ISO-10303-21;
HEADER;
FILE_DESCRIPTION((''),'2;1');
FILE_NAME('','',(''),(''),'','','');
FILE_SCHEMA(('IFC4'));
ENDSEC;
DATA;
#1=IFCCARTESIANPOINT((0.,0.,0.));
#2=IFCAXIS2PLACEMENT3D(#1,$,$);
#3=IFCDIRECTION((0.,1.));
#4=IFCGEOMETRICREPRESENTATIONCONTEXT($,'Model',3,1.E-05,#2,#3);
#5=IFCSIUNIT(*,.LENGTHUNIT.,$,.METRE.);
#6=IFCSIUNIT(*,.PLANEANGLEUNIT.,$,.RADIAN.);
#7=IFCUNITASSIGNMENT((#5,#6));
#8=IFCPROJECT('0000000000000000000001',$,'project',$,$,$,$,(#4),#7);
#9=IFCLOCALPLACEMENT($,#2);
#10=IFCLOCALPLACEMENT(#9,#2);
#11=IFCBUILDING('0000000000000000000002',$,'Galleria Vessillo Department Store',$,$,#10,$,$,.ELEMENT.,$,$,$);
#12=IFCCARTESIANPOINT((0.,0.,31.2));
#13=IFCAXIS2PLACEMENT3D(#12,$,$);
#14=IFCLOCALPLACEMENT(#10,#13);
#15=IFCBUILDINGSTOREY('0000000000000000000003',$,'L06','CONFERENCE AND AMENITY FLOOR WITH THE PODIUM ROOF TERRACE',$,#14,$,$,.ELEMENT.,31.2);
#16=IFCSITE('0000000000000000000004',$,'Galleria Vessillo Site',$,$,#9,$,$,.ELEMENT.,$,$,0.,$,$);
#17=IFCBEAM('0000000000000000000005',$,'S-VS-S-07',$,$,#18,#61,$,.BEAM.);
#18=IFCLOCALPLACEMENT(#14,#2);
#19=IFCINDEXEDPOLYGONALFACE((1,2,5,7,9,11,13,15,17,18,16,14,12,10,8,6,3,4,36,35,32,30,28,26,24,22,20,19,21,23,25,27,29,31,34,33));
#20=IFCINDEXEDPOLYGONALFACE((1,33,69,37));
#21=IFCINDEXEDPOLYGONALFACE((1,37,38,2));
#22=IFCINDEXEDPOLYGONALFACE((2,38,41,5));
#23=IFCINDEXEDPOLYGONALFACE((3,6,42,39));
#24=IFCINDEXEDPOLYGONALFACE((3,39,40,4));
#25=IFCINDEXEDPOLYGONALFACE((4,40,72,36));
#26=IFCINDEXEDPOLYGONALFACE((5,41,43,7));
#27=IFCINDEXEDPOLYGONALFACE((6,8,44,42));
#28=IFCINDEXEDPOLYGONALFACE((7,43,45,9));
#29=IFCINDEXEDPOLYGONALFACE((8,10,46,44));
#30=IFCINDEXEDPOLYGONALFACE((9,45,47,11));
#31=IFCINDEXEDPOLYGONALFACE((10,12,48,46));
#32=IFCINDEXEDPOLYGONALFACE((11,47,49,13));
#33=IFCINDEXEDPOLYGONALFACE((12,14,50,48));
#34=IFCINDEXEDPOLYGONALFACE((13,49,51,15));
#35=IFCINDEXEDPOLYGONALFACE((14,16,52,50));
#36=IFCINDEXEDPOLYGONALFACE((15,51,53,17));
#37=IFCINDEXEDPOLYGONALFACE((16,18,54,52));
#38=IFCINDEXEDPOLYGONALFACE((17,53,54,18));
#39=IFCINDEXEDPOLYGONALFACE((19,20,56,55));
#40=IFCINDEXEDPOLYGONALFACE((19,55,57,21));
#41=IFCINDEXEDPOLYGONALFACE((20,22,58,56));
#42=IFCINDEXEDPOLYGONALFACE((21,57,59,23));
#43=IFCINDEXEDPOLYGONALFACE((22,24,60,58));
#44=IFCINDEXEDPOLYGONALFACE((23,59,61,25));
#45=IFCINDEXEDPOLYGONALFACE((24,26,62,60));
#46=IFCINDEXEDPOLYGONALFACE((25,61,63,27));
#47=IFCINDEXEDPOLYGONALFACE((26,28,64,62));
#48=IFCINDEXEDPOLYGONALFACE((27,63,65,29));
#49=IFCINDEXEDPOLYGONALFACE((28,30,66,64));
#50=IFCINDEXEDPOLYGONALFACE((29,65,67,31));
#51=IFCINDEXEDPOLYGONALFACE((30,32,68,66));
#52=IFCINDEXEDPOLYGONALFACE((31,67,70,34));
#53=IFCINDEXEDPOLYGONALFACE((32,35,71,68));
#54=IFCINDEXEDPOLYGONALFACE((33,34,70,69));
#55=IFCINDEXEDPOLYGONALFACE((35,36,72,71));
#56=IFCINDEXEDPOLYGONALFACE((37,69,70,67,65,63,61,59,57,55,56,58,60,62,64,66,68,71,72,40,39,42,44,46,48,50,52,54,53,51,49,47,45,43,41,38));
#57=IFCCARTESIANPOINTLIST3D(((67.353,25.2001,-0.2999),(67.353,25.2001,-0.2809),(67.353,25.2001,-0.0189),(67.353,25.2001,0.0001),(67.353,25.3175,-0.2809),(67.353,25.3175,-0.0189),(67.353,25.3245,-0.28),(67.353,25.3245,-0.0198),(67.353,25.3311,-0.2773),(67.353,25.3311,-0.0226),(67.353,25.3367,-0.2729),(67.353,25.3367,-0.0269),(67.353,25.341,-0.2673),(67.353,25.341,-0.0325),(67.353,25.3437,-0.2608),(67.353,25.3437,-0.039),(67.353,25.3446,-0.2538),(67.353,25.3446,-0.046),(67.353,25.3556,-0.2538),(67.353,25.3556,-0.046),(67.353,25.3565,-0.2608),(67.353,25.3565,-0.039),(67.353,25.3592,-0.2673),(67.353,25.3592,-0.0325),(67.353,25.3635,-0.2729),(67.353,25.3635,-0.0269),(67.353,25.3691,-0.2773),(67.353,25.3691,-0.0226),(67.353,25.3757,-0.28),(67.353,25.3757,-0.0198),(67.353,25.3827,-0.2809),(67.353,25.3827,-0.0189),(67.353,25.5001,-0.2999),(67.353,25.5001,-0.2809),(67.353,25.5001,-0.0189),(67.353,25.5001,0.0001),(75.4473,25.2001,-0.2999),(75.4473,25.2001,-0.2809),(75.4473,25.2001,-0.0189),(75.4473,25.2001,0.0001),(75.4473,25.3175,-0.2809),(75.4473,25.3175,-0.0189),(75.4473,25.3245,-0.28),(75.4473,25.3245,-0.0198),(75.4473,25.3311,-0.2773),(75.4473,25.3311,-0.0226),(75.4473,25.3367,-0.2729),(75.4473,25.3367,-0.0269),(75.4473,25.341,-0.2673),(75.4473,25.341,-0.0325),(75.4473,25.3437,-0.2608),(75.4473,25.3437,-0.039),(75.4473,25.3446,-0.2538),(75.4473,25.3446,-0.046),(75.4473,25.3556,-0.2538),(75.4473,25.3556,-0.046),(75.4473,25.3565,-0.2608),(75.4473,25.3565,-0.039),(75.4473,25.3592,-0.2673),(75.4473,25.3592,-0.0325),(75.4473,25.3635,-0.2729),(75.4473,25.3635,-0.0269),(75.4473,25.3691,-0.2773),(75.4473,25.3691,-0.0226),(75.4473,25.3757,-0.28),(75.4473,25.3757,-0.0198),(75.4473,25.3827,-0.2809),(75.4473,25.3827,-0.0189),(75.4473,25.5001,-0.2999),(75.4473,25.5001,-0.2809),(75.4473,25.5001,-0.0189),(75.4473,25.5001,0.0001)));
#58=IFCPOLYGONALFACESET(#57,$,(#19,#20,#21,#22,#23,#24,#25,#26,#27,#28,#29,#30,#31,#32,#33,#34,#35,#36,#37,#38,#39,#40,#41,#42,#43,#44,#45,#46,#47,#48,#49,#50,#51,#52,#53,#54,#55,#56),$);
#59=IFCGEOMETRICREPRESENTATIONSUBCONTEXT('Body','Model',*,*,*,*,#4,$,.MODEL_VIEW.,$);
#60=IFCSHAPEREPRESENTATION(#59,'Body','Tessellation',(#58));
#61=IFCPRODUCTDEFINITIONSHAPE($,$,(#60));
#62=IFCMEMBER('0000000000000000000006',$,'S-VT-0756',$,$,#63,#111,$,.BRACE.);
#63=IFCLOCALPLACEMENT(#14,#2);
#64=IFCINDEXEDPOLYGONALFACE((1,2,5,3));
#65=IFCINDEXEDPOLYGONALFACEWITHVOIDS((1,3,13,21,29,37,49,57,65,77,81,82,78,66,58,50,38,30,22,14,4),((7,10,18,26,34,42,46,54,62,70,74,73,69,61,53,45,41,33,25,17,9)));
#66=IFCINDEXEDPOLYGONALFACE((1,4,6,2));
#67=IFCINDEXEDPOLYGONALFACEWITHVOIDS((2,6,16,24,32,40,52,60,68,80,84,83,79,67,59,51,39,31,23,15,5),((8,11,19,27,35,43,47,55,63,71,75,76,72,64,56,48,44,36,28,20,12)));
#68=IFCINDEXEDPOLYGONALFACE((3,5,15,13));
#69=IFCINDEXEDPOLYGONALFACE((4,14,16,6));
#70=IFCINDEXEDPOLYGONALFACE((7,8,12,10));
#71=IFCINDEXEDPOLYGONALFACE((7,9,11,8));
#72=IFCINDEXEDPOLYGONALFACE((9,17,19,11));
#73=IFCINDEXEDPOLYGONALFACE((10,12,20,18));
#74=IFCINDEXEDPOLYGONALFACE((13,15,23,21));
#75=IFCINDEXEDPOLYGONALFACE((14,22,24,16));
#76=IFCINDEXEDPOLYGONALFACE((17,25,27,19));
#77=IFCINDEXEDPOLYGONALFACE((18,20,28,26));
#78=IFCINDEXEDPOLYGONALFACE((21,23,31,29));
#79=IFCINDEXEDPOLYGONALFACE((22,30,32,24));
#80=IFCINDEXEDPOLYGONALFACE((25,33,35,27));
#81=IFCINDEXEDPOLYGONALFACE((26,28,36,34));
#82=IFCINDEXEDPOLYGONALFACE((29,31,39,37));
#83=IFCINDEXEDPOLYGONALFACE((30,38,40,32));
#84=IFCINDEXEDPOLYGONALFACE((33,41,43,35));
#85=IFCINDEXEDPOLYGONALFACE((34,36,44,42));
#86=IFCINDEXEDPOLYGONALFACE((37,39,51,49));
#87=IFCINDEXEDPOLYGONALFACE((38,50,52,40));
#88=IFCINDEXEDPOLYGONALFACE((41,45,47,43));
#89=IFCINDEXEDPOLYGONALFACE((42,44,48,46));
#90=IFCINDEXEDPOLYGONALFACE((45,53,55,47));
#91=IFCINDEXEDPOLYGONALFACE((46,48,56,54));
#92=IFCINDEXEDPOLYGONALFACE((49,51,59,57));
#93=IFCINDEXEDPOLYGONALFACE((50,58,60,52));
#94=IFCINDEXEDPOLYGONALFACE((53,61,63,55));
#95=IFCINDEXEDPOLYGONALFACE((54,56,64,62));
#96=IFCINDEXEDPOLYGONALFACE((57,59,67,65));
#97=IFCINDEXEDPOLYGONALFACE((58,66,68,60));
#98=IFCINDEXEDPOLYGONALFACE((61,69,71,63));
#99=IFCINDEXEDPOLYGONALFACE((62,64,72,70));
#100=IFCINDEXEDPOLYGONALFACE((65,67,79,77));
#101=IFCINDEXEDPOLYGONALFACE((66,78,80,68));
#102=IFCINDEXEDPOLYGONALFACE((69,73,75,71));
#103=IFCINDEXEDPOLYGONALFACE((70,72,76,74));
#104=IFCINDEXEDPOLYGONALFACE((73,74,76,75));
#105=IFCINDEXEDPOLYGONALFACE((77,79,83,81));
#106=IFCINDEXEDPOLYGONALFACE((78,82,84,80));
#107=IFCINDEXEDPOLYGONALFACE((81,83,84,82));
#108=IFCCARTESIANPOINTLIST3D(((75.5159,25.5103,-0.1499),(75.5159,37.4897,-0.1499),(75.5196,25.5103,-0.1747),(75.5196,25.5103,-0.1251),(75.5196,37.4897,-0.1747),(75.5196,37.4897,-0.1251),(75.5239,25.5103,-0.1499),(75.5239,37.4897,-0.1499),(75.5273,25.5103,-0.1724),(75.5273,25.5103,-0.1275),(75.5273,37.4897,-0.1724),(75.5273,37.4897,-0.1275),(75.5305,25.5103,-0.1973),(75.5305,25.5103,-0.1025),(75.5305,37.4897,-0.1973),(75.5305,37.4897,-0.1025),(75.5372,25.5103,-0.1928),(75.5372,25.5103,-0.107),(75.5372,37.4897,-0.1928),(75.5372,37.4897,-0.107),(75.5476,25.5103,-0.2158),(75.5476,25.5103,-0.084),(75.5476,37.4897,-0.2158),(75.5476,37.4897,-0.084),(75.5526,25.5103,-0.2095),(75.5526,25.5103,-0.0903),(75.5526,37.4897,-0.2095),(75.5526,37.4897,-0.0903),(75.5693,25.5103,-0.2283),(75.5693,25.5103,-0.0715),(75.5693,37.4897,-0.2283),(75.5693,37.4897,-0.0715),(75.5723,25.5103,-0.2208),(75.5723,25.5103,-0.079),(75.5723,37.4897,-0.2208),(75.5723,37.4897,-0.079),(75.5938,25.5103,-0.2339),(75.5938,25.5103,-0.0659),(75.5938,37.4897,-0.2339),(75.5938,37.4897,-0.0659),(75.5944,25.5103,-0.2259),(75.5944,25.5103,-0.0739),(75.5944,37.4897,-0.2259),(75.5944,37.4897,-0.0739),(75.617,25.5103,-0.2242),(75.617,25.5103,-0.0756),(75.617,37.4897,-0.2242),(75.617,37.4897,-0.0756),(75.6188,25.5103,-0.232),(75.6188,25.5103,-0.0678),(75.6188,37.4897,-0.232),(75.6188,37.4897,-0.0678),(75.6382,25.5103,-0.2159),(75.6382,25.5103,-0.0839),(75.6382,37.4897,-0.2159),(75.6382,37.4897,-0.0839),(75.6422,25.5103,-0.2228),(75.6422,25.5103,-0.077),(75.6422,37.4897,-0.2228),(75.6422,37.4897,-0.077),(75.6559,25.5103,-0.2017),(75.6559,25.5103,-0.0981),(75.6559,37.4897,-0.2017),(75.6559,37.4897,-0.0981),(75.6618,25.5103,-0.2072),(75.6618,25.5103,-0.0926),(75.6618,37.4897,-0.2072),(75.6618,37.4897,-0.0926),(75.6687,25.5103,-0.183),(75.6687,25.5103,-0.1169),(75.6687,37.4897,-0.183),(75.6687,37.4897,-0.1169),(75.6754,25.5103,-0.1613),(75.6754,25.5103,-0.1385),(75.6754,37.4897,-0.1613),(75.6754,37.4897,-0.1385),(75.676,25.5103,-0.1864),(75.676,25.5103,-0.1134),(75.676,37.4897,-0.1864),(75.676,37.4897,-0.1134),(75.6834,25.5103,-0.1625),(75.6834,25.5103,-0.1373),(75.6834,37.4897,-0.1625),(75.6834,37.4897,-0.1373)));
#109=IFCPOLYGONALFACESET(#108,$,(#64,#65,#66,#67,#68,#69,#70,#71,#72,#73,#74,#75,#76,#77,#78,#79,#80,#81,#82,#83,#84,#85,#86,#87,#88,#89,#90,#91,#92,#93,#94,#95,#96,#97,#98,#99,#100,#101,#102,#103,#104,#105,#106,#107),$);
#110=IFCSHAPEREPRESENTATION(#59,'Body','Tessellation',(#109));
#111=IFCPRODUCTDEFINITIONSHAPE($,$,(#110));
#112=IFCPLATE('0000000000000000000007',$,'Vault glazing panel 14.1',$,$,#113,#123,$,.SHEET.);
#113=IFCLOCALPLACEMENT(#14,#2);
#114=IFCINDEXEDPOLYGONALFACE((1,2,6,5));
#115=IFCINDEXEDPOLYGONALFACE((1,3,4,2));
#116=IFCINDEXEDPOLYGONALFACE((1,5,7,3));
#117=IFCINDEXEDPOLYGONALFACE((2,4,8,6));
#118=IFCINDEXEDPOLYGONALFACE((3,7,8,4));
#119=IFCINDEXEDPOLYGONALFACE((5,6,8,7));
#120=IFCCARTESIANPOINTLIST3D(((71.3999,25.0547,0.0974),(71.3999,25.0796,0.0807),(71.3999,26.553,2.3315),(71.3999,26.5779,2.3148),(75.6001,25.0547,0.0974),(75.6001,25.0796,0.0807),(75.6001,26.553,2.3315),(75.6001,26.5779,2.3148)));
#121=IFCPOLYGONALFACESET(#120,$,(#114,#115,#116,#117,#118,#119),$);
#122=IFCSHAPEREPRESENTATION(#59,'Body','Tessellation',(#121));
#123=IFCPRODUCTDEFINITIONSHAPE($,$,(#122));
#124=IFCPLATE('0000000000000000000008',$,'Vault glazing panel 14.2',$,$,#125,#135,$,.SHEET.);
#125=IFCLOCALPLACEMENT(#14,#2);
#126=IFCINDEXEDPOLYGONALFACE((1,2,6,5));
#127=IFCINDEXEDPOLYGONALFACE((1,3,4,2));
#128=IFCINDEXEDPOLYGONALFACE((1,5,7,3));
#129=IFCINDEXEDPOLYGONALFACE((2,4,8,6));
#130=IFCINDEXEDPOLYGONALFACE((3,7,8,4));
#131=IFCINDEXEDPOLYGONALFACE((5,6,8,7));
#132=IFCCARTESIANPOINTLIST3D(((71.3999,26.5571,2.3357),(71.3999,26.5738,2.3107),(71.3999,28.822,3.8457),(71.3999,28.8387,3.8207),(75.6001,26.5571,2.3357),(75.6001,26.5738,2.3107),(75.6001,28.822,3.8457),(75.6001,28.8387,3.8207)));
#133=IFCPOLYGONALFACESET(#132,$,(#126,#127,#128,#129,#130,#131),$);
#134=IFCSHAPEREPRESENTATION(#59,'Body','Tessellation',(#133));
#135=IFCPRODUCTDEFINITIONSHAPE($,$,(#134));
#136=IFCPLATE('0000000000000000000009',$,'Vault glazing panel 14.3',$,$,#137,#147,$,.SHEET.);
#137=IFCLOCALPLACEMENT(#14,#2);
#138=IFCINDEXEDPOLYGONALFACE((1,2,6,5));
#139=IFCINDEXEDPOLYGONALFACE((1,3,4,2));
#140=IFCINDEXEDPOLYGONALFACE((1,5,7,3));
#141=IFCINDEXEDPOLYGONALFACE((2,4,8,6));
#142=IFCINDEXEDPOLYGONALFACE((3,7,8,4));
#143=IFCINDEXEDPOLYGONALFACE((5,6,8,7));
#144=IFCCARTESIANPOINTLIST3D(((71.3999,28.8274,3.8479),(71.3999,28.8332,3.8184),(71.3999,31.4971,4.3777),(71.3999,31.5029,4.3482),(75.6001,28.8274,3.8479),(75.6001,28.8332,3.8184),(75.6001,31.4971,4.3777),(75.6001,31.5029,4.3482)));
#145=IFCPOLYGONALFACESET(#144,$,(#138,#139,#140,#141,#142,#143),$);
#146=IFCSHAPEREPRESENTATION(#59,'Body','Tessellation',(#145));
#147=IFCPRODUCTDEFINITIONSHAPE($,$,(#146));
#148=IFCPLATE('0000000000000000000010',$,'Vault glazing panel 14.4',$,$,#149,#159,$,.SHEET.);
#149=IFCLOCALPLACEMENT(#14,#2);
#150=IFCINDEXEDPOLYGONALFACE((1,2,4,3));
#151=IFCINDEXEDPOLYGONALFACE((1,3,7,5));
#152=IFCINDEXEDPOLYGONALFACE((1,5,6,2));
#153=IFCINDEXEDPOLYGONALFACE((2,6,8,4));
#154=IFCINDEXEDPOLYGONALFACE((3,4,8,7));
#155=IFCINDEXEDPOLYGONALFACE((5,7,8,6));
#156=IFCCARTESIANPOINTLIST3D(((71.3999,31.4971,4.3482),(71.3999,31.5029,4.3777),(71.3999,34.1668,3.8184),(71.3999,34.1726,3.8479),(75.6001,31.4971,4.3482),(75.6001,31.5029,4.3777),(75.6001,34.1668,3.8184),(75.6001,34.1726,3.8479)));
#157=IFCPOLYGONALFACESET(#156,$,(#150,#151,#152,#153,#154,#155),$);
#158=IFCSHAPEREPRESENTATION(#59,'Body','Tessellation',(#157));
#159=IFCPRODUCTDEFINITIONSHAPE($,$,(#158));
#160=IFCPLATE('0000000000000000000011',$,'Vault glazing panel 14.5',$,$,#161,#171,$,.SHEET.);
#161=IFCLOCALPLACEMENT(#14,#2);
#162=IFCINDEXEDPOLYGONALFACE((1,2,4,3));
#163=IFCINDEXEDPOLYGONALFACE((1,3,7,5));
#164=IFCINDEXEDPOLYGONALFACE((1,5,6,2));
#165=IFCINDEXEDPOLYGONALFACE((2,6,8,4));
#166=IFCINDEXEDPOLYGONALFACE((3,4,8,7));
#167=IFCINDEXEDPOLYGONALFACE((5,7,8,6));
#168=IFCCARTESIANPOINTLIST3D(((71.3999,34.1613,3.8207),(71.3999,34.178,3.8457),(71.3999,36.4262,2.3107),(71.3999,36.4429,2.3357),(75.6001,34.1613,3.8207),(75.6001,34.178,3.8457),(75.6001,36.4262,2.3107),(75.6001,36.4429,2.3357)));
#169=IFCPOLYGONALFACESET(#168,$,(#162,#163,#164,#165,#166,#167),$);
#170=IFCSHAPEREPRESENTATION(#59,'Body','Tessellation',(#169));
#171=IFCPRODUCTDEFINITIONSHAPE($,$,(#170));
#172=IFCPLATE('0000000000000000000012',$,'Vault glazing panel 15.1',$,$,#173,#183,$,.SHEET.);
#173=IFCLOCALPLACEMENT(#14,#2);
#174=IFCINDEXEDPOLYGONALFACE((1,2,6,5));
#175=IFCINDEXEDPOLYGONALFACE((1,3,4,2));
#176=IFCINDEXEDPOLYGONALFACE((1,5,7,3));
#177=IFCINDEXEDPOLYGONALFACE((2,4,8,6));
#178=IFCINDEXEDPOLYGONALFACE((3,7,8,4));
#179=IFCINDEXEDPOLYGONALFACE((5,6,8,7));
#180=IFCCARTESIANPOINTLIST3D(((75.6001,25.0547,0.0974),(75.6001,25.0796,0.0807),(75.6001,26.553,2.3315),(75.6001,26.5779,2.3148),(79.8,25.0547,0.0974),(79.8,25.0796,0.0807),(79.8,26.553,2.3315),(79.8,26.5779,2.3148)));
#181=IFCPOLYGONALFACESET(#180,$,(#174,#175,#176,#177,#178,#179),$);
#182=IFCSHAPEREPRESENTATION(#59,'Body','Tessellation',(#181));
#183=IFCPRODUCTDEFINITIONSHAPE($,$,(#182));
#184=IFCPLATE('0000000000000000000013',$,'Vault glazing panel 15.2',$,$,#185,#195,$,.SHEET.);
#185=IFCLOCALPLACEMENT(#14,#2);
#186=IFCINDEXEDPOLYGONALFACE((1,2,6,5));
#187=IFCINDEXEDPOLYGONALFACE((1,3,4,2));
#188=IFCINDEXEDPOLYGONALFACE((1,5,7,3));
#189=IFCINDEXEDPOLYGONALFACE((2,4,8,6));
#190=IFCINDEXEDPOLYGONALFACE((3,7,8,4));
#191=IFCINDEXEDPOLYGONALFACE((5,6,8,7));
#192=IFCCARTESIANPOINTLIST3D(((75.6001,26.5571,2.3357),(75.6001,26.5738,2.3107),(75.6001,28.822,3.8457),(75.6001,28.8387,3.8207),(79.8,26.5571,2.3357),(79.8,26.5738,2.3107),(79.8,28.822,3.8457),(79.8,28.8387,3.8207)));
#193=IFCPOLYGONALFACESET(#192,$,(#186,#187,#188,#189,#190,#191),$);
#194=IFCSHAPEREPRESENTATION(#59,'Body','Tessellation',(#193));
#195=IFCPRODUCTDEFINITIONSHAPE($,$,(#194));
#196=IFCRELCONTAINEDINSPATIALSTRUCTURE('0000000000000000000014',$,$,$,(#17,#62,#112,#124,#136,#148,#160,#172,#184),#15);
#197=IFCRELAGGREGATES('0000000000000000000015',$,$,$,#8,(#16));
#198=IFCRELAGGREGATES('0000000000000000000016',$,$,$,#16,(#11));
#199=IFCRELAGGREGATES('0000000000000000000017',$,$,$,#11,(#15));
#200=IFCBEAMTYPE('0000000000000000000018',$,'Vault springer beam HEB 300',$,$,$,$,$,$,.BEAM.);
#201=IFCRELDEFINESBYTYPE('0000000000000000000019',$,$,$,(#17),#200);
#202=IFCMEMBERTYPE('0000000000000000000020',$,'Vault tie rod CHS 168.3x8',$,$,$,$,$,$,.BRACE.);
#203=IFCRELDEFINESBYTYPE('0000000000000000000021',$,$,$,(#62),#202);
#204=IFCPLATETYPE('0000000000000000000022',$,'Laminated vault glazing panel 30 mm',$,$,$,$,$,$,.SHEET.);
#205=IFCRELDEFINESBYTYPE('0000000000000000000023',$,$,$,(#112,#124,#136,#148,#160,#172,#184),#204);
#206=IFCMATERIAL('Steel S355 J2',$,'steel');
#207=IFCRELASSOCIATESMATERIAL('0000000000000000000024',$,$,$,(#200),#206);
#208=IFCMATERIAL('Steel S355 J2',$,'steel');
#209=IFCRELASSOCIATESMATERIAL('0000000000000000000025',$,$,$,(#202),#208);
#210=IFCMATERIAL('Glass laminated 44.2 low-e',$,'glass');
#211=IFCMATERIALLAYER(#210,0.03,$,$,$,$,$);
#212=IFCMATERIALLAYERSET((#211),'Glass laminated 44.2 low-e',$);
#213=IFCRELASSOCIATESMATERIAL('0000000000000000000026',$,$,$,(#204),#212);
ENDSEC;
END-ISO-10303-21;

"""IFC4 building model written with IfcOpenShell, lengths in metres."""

from ifc_helpers import new_model, si_unit, direction, frame, origin, origin_2d, place, context, subcontext, project, spatial, polyline, hollow_circle, i_section, outline, extrude, material, layer, layer_set, material_profile, profile_set, type_object, element, save


model = new_model("IFC4")

# Units and contexts
model_context = context("Model", 3, precision=1e-05, world=origin(), true_north=direction((0.0, 1.0)))
body_context = subcontext(model_context, "Body", "Model", "MODEL_VIEW")
ifc_project = project(units=[si_unit("LENGTHUNIT", "METRE"), si_unit("PLANEANGLEUNIT", "RADIAN")], contexts=[model_context])

# Site, building, storey
site_placement = place(None, origin())
site = spatial("IfcSite", under=ifc_project, at=site_placement, Name="Galleria Vessillo Site", CompositionType="ELEMENT", RefElevation=0.0)
building_placement = place(site_placement, origin())
building = spatial("IfcBuilding", under=site, at=building_placement, Name="Galleria Vessillo Department Store", CompositionType="ELEMENT")
storey_placement = place(building_placement, frame((0.0, 0.0, 31.2)))
storey = spatial("IfcBuildingStorey", under=building, at=storey_placement, Name="L06", Description="CONFERENCE AND AMENITY FLOOR WITH THE PODIUM ROOF TERRACE", CompositionType="ELEMENT", Elevation=31.2)

# Beam
ifc_material_1 = material(Name="Steel S355 J2", Category="steel")
ifc_material_profile_1 = material_profile(ifc_material_1, i_section(OverallWidth=0.3, OverallDepth=0.3, WebThickness=0.011, FlangeThickness=0.019, FilletRadius=0.0271, at=origin_2d()), Name="HEB 300")
ifc_profile_set_1 = profile_set([ifc_material_profile_1], Name="Steel S355 J2")
beam_type = type_object("IfcBeamType", Name="Vault springer beam HEB 300", PredefinedType="BEAM", material=ifc_profile_set_1)
beam_placement = place(storey_placement, frame((67.353, 25.3501, -0.1499), z_axis=(1.0, 0.0, 0.0), x_axis=(0.0, 1.0, 0.0)))
element("IfcBeam", 1, at=beam_placement, inside=storey, type_object=beam_type, Name="S-VS-S-07", PredefinedType="BEAM", context=body_context, shape_type="SweptSolid", body=[
    extrude(i_section(OverallWidth=0.3, OverallDepth=0.3, WebThickness=0.011, FlangeThickness=0.019, FilletRadius=0.0271, at=origin_2d()), origin(), (0.0, 0.0, 1.0), 8.0942),
])

# Member
ifc_material_2 = material(Name="Steel S355 J2", Category="steel")
ifc_material_profile_2 = material_profile(ifc_material_2, hollow_circle(Radius=0.0842, WallThickness=0.0081, at=origin_2d()), Name="CHS 168.3x8")
ifc_profile_set_2 = profile_set([ifc_material_profile_2], Name="Steel S355 J2")
member_type_1 = type_object("IfcMemberType", Name="Vault tie rod CHS 168.3x8", PredefinedType="BRACE", material=ifc_profile_set_2)
member_1_placement = place(storey_placement, frame((75.6001, 25.5103, -0.1499), z_axis=(0.0, 1.0, 0.0), x_axis=(-1.0, 0.0, 0.0)))
element("IfcMember", 2, at=member_1_placement, inside=storey, type_object=member_type_1, Name="S-VT-0756", PredefinedType="BRACE", context=body_context, shape_type="SweptSolid", body=[
    extrude(hollow_circle(Radius=0.0842, WallThickness=0.0081, at=origin_2d()), origin(), (0.0, 0.0, 1.0), 11.9795),
])

# Plates
ifc_material_3 = material(Name="Glass laminated 44.2 low-e", Category="glass")
ifc_layer_1 = layer(ifc_material_3, 0.03)
ifc_layer_set_1 = layer_set([ifc_layer_1], Name="Glass laminated 44.2 low-e")
plate_type = type_object("IfcPlateType", Name="Laminated vault glazing panel 30 mm", PredefinedType="SHEET", material=ifc_layer_set_1)
plate_1_placement = place(storey_placement, frame((71.3999, 25.0547, 0.0974), z_axis=(0.0, -0.830525, 0.556981), x_axis=(1.0, 0.0, 0.0)))
element("IfcPlate", 3, at=plate_1_placement, inside=storey, type_object=plate_type, Name="Vault glazing panel 14.1", PredefinedType="SHEET", context=body_context, shape_type="SweptSolid", body=[
    extrude(outline(polyline([(0.0, 0.0), (4.2002, 0.0), (4.2002, 2.69), (0.0, 2.69), (0.0, 0.0)])), origin(), (0.0, 0.0, -1.0), 0.03),
])
plate_2_placement = place(storey_placement, frame((71.3999, 26.5571, 2.3357), z_axis=(0.0, -0.554721, 0.832036), x_axis=(1.0, 0.0, 0.0)))
element("IfcPlate", 4, at=plate_2_placement, inside=storey, type_object=plate_type, Name="Vault glazing panel 14.2", PredefinedType="SHEET", context=body_context, shape_type="SweptSolid", body=[
    extrude(outline(polyline([(0.0, 0.0), (4.2002, 0.0), (4.2002, 2.7221), (0.0, 2.7221), (0.0, 0.0)])), origin(), (0.0, 0.0, -1.0), 0.03),
])
for number, where, z_axis, x_axis, name in (
    (5, (71.3999, 28.8274, 3.8479), (0.0, -0.19465, 0.980873), (1.0, 0.0, 0.0), "Vault glazing panel 14.3"),
    (6, (71.3999, 31.5029, 4.3777), (0.0, 0.19465, 0.980873), (1.0, 0.0, 0.0), "Vault glazing panel 14.4"),
):
    element("IfcPlate", number, at=place(storey_placement, frame(where, z_axis=z_axis, x_axis=x_axis)), inside=storey, type_object=plate_type, Name=name, PredefinedType="SHEET", context=body_context, shape_type="SweptSolid", body=[
        extrude(outline(polyline([(0.0, 0.0), (4.2002, 0.0), (4.2002, 2.7217), (0.0, 2.7217), (0.0, 0.0)])), origin(), (0.0, 0.0, -1.0), 0.03),
    ])
plate_3_placement = place(storey_placement, frame((71.3999, 34.178, 3.8457), z_axis=(0.0, 0.554721, 0.832036), x_axis=(1.0, 0.0, 0.0)))
element("IfcPlate", 7, at=plate_3_placement, inside=storey, type_object=plate_type, Name="Vault glazing panel 14.5", PredefinedType="SHEET", context=body_context, shape_type="SweptSolid", body=[
    extrude(outline(polyline([(0.0, 0.0), (4.2002, 0.0), (4.2002, 2.7221), (0.0, 2.7221), (0.0, 0.0)])), origin(), (0.0, 0.0, -1.0), 0.03),
])
plate_4_placement = place(storey_placement, frame((75.6001, 25.0547, 0.0974), z_axis=(0.0, -0.830525, 0.556981), x_axis=(1.0, 0.0, 0.0)))
element("IfcPlate", 8, at=plate_4_placement, inside=storey, type_object=plate_type, Name="Vault glazing panel 15.1", PredefinedType="SHEET", context=body_context, shape_type="SweptSolid", body=[
    extrude(outline(polyline([(0.0, 0.0), (4.2, 0.0), (4.2, 2.69), (0.0, 2.69), (0.0, 0.0)])), origin(), (0.0, 0.0, -1.0), 0.03),
])
plate_5_placement = place(storey_placement, frame((75.6001, 26.5571, 2.3357), z_axis=(0.0, -0.554721, 0.832036), x_axis=(1.0, 0.0, 0.0)))
element("IfcPlate", 9, at=plate_5_placement, inside=storey, type_object=plate_type, Name="Vault glazing panel 15.2", PredefinedType="SHEET", context=body_context, shape_type="SweptSolid", body=[
    extrude(outline(polyline([(0.0, 0.0), (4.2, 0.0), (4.2, 2.7221), (0.0, 2.7221), (0.0, 0.0)])), origin(), (0.0, 0.0, -1.0), 0.03),
])

save(model, "model.ifc")
